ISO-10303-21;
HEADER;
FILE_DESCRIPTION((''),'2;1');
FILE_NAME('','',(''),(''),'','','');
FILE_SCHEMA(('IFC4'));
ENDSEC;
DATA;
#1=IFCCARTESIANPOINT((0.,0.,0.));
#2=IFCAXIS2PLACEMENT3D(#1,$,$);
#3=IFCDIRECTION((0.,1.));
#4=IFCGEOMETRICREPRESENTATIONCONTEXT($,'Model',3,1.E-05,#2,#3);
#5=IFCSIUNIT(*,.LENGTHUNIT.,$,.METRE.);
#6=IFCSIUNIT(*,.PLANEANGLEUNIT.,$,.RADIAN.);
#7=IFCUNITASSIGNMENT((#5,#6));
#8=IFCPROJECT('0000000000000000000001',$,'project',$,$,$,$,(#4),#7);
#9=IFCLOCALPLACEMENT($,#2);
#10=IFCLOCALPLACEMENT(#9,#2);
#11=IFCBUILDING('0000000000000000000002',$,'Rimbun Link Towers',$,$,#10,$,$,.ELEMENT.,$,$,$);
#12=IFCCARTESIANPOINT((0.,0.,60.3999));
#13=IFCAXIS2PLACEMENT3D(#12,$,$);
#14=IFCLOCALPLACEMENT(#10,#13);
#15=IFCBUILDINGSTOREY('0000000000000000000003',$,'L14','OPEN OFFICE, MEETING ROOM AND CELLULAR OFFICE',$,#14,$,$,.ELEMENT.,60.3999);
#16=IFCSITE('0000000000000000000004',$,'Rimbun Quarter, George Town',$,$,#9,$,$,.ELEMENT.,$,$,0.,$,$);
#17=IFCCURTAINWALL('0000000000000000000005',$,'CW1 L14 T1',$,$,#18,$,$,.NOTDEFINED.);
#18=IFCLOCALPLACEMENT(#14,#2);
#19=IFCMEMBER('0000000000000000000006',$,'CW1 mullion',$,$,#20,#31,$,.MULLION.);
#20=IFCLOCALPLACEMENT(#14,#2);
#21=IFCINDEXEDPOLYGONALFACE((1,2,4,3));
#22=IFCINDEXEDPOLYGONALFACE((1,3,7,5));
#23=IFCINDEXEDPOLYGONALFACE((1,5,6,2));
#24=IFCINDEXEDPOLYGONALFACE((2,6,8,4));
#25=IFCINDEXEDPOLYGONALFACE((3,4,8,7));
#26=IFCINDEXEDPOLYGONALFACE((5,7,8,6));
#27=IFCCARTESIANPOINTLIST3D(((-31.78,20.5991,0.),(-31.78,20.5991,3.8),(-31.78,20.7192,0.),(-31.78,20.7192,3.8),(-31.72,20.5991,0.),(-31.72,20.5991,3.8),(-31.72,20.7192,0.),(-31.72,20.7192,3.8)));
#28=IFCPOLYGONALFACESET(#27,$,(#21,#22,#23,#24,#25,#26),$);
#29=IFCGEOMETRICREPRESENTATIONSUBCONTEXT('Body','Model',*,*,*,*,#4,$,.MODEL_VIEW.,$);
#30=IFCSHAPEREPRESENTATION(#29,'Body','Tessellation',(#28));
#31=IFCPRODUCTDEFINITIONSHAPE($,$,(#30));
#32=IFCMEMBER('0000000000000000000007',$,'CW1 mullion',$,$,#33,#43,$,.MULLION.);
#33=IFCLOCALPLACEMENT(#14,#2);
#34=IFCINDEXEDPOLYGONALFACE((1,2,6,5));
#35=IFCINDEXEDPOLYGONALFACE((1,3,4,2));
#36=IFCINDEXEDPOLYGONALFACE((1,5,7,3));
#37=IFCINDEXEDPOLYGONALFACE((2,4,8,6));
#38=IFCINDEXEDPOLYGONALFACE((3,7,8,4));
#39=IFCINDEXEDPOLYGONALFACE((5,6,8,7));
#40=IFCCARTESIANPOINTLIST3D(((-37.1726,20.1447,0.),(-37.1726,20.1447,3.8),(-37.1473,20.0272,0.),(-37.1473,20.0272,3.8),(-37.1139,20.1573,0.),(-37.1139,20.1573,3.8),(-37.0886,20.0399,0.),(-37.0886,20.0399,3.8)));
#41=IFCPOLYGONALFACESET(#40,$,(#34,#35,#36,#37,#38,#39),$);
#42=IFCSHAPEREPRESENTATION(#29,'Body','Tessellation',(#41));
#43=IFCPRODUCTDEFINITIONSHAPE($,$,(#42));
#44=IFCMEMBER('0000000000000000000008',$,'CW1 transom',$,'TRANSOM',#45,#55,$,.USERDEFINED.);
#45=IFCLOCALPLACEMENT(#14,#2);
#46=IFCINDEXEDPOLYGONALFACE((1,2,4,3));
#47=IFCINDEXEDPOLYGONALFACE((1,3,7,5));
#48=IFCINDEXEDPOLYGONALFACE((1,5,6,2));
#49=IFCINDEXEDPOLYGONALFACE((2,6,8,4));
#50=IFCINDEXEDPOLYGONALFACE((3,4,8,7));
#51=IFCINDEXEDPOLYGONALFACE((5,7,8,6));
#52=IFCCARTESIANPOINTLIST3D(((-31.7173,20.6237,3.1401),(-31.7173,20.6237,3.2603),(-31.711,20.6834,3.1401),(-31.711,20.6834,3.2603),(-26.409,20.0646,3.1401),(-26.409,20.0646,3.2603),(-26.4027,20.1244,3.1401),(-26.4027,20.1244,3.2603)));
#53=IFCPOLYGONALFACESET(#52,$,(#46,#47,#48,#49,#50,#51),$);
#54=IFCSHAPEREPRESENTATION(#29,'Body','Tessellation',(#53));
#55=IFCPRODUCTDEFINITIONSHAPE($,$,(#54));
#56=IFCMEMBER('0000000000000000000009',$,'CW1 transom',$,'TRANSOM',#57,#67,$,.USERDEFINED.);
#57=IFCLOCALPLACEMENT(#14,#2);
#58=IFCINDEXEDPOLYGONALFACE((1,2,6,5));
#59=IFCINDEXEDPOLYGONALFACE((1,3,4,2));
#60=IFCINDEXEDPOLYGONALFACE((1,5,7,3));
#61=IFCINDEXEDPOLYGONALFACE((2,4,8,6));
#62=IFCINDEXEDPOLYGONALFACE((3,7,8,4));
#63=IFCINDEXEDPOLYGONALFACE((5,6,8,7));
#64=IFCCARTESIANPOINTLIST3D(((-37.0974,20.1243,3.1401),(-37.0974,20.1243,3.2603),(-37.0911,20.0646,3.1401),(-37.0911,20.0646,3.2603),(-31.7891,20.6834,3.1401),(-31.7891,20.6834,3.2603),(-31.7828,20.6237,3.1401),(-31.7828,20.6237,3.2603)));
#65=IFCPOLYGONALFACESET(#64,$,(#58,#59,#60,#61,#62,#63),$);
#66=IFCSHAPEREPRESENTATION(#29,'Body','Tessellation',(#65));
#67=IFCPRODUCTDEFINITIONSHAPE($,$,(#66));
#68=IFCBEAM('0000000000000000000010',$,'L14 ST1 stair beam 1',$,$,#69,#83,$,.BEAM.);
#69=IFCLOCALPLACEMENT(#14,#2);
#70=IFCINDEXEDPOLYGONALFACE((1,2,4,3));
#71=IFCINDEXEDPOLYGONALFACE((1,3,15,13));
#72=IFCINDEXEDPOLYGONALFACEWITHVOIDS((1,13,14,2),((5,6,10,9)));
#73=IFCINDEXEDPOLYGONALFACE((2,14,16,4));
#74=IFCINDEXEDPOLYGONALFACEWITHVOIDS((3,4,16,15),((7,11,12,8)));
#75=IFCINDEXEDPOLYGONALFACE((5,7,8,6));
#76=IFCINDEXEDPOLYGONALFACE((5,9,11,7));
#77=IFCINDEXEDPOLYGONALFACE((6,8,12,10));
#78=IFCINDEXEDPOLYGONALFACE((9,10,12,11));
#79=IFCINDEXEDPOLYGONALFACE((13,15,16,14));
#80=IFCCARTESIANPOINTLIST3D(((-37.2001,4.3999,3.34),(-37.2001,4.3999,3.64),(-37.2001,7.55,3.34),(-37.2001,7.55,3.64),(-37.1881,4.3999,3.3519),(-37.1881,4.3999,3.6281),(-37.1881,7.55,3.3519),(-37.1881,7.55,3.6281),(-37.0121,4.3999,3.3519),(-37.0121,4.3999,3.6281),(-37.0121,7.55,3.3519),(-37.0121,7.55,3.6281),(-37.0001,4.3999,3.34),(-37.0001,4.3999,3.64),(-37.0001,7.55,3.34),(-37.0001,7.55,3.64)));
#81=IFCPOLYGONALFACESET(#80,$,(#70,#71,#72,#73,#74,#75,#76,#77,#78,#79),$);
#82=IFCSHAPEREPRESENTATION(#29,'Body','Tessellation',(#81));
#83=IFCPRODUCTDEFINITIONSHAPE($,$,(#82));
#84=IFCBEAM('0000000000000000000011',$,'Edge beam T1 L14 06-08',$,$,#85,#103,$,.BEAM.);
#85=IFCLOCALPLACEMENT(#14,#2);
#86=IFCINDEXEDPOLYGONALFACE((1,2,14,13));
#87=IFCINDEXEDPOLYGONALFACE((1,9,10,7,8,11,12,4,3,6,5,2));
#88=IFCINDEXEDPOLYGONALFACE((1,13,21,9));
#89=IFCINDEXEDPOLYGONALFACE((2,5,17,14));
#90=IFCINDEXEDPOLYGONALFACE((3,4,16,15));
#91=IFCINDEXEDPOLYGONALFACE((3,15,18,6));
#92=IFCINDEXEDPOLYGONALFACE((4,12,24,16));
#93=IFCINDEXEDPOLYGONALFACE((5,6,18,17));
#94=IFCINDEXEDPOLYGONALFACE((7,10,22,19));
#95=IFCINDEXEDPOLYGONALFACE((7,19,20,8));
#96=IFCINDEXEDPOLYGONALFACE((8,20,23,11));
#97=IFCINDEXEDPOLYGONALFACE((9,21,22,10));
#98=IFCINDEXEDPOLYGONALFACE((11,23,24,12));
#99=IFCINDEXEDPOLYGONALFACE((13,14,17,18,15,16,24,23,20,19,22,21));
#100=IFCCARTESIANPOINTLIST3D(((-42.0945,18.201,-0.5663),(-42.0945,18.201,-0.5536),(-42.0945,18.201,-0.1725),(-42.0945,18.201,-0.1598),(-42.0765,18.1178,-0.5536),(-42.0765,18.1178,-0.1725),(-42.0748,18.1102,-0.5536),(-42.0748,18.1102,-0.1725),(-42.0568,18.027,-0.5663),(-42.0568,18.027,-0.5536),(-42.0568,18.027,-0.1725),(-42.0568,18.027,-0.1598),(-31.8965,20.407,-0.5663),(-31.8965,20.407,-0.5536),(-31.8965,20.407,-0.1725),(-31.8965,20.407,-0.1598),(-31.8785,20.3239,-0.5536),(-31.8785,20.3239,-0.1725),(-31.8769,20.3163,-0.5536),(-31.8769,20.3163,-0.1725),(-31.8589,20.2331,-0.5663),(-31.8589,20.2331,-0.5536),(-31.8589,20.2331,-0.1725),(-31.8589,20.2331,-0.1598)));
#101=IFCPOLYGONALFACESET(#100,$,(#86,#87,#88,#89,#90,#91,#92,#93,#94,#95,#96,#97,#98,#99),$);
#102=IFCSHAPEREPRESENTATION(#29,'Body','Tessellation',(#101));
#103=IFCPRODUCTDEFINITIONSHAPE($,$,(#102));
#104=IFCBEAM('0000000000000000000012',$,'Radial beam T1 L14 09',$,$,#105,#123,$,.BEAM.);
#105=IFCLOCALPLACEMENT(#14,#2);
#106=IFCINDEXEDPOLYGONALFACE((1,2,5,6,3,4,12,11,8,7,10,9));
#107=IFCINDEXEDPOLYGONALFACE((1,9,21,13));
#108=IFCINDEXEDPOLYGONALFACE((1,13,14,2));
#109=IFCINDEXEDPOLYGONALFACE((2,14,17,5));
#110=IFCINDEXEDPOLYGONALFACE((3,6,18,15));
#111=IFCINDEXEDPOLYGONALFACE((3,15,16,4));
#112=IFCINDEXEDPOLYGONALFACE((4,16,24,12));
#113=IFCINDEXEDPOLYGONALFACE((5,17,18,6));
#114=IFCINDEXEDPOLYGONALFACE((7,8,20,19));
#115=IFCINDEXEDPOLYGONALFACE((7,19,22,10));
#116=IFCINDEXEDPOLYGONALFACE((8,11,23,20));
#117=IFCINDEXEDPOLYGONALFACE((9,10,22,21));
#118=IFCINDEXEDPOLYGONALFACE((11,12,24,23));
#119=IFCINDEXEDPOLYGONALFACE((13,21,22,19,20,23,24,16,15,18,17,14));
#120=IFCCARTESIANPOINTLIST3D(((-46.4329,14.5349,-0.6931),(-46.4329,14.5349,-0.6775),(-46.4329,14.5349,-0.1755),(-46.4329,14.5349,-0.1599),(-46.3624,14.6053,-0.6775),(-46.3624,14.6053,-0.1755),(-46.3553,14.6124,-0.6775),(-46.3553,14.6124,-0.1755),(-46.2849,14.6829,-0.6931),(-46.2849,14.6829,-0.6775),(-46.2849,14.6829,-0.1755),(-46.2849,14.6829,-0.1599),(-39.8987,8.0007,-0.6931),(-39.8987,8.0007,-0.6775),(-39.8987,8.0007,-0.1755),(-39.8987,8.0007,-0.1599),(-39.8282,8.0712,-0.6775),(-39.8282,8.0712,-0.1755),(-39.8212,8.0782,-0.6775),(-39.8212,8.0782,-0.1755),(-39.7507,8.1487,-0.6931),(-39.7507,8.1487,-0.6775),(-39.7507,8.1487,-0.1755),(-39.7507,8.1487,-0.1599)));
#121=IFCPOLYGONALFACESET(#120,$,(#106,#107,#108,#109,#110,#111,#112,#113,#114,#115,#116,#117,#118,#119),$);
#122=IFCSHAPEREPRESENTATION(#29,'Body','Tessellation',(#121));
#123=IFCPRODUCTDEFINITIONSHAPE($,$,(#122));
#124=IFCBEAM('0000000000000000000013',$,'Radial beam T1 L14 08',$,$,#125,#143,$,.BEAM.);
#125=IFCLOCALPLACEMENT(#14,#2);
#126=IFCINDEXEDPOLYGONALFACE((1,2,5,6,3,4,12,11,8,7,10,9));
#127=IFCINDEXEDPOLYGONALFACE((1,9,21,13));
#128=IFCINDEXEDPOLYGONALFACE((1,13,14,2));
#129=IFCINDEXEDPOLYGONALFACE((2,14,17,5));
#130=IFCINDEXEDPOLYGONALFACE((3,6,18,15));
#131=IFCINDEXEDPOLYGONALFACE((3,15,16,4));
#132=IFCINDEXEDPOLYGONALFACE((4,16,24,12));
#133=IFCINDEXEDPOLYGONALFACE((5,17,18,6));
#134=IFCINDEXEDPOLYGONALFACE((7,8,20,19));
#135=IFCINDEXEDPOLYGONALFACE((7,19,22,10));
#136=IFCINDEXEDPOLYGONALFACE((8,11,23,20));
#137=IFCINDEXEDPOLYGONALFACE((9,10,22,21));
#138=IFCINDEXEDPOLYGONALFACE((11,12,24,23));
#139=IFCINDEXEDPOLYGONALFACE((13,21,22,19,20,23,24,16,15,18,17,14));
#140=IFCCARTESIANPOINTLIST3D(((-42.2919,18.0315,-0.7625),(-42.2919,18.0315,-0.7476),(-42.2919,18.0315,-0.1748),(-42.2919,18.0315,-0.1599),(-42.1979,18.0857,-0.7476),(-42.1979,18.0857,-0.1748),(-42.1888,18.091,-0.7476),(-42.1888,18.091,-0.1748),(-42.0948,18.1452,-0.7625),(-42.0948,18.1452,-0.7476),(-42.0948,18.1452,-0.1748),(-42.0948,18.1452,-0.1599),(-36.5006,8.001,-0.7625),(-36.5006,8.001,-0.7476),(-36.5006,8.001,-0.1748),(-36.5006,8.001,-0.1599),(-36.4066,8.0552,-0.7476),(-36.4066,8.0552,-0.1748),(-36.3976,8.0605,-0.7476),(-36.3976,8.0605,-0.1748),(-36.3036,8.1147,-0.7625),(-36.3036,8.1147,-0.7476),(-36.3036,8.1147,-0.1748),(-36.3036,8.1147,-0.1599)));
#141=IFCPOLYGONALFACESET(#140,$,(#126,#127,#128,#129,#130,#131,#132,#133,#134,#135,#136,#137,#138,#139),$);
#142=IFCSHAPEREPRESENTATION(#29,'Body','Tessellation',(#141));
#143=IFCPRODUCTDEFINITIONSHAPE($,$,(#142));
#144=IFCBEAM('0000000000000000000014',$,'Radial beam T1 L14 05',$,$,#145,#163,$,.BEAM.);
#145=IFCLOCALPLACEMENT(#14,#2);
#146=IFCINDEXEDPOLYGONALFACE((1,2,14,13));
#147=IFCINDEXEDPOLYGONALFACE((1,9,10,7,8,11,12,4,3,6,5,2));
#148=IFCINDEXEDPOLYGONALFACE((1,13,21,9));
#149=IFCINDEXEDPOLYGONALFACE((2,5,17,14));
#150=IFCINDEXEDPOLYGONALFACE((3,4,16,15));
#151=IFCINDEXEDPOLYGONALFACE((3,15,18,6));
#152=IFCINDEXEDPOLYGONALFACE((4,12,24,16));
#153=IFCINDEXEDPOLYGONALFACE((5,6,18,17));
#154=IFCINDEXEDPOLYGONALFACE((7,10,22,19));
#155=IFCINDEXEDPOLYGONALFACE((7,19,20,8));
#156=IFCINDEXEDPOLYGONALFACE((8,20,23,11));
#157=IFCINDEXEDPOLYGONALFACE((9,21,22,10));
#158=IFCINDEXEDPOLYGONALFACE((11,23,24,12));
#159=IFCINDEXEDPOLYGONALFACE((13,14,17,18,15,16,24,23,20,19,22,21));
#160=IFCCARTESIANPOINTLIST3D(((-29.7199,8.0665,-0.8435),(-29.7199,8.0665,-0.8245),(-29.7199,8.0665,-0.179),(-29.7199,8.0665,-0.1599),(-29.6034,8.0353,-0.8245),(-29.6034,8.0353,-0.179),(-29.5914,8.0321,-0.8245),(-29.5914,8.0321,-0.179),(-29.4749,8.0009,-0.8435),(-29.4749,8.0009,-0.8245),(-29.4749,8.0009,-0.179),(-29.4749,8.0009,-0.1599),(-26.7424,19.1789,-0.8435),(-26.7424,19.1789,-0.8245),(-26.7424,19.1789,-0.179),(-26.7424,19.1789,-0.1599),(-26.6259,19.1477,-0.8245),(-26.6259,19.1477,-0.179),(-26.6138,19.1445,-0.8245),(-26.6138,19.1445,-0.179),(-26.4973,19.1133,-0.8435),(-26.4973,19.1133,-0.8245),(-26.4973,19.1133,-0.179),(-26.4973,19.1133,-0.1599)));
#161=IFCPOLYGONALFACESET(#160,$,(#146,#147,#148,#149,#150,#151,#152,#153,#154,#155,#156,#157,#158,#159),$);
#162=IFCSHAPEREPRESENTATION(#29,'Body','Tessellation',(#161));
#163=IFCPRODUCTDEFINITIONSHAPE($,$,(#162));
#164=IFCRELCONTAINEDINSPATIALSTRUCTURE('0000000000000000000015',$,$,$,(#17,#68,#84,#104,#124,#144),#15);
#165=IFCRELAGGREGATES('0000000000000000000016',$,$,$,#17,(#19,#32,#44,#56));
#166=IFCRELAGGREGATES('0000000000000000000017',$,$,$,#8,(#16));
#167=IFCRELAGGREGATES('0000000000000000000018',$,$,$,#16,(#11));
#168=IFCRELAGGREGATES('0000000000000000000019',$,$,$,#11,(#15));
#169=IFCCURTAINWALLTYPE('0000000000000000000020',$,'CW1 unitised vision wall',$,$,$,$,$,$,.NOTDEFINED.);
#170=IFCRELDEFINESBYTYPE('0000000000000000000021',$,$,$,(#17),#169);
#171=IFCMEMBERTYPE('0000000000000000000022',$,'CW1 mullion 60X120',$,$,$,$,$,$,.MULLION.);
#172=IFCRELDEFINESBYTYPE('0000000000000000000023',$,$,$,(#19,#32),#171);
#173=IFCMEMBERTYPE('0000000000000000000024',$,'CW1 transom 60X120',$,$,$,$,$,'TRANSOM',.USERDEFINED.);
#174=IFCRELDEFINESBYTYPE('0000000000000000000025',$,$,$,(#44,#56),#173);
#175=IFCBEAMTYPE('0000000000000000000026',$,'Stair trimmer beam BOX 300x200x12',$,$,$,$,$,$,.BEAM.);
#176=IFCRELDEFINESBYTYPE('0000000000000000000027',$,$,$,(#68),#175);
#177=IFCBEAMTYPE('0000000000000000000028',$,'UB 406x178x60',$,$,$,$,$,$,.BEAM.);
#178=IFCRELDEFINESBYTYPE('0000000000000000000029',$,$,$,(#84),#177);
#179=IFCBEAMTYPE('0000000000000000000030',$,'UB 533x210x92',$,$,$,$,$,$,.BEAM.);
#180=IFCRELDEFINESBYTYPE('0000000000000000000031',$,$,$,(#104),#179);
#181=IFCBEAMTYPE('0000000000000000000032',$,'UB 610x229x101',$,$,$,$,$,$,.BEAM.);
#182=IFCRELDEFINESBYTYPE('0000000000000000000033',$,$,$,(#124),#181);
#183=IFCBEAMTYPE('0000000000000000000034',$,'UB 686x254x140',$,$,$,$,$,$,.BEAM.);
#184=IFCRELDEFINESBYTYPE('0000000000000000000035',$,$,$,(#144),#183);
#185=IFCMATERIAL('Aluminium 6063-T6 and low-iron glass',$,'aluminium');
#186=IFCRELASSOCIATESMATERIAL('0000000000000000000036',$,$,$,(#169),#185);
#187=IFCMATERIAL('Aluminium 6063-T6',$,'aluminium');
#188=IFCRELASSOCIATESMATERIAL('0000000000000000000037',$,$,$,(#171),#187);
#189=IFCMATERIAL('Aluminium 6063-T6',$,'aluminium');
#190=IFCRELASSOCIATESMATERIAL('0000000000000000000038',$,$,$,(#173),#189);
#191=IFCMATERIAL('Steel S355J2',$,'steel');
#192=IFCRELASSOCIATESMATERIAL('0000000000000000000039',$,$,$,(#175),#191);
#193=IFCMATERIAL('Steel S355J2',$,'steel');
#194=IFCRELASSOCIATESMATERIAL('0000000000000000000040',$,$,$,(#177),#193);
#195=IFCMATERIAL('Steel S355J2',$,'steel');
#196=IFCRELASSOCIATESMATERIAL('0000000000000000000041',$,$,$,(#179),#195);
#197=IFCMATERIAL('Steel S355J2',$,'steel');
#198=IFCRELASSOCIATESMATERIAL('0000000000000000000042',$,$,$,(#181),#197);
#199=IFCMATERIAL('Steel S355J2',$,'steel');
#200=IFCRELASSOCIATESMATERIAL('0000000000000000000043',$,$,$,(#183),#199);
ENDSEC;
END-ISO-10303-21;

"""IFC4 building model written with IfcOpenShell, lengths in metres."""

from ifc_helpers import new_model, si_unit, direction, frame, origin, origin_2d, place, context, subcontext, project, spatial, rectangle, hollow_rectangle, i_section, extrude, material, material_profile, profile_set, type_object, element, aggregate, save


model = new_model("IFC4")

# Units and contexts
model_context = context("Model", 3, precision=1e-05, world=origin(), true_north=direction((0.0, 1.0)))
body_context = subcontext(model_context, "Body", "Model", "MODEL_VIEW")
ifc_project = project(units=[si_unit("LENGTHUNIT", "METRE"), si_unit("PLANEANGLEUNIT", "RADIAN")], contexts=[model_context])

# Site, building, storey
site_placement = place(None, origin())
site = spatial("IfcSite", under=ifc_project, at=site_placement, Name="Rimbun Quarter, George Town", CompositionType="ELEMENT", RefElevation=0.0)
building_placement = place(site_placement, origin())
building = spatial("IfcBuilding", under=site, at=building_placement, Name="Rimbun Link Towers", CompositionType="ELEMENT")
storey_placement = place(building_placement, frame((0.0, 0.0, 60.3999)))
storey = spatial("IfcBuildingStorey", under=building, at=storey_placement, Name="L14", Description="OPEN OFFICE, MEETING ROOM AND CELLULAR OFFICE", CompositionType="ELEMENT", Elevation=60.3999)

# Curtain wall, members
ifc_material_1 = material(Name="Aluminium 6063-T6 and low-iron glass", Category="aluminium")
curtain_wall_type = type_object("IfcCurtainWallType", Name="CW1 unitised vision wall", PredefinedType="NOTDEFINED", material=ifc_material_1)
curtain_wall_placement = place(storey_placement, origin())
curtain_wall = element("IfcCurtainWall", 1, at=curtain_wall_placement, inside=storey, type_object=curtain_wall_type, Name="CW1 L14 T1", PredefinedType="NOTDEFINED")
ifc_material_2 = material(Name="Aluminium 6063-T6", Category="aluminium")
ifc_material_profile_1 = material_profile(ifc_material_2, rectangle(XDim=0.1201, YDim=0.0601, at=origin_2d()), Name="MULLION 60X120")
ifc_profile_set_1 = profile_set([ifc_material_profile_1], Name="Aluminium 6063-T6")
member_type_1 = type_object("IfcMemberType", Name="CW1 mullion 60X120", PredefinedType="MULLION", material=ifc_profile_set_1)
member_1_placement = place(storey_placement, frame((-31.75, 20.6592, 0.0), z_axis=(0.0, 0.0, 1.0), x_axis=(0.0, 1.0, 0.0)))
member_1 = element("IfcMember", 2, at=member_1_placement, type_object=member_type_1, Name="CW1 mullion", PredefinedType="MULLION", context=body_context, shape_type="SweptSolid", body=[
    extrude(rectangle(XDim=0.1201, YDim=0.0601, at=origin_2d()), origin(), (0.0, 0.0, 1.0), 3.8),
])
member_2_placement = place(storey_placement, frame((-37.1306, 20.0923, 0.0), z_axis=(0.0, 0.0, 1.0), x_axis=(-0.210874, 0.977513, 0.0)))
member_2 = element("IfcMember", 3, at=member_2_placement, type_object=member_type_1, Name="CW1 mullion", PredefinedType="MULLION", context=body_context, shape_type="SweptSolid", body=[
    extrude(rectangle(XDim=0.1201, YDim=0.0601, at=origin_2d()), origin(), (0.0, 0.0, 1.0), 3.8),
])
ifc_material_3 = material(Name="Aluminium 6063-T6", Category="aluminium")
ifc_material_profile_2 = material_profile(ifc_material_3, rectangle(XDim=0.0601, YDim=0.1201, at=origin_2d()), Name="TRANSOM 60X120")
ifc_profile_set_2 = profile_set([ifc_material_profile_2], Name="Aluminium 6063-T6")
member_type_2 = type_object("IfcMemberType", Name="CW1 transom 60X120", ElementType="TRANSOM", PredefinedType="USERDEFINED", material=ifc_profile_set_2)
member_3_placement = place(storey_placement, frame((-31.7141, 20.6536, 3.2002), z_axis=(0.994499, -0.104742, 0.0), x_axis=(0.104742, 0.994499, 0.0)))
member_3 = element("IfcMember", 4, at=member_3_placement, type_object=member_type_2, Name="CW1 transom", ObjectType="TRANSOM", PredefinedType="USERDEFINED", context=body_context, shape_type="SweptSolid", body=[
    extrude(rectangle(XDim=0.0601, YDim=0.1201, at=origin_2d()), origin(), (0.0, 0.0, 1.0), 5.3376),
])
member_4_placement = place(storey_placement, frame((-37.0942, 20.0945, 3.2002), z_axis=(0.994499, 0.104742, 0.0), x_axis=(-0.104742, 0.994499, 0.0)))
member_4 = element("IfcMember", 5, at=member_4_placement, type_object=member_type_2, Name="CW1 transom", ObjectType="TRANSOM", PredefinedType="USERDEFINED", context=body_context, shape_type="SweptSolid", body=[
    extrude(rectangle(XDim=0.0601, YDim=0.1201, at=origin_2d()), origin(), (0.0, 0.0, 1.0), 5.3376),
])

# Beams
ifc_material_4 = material(Name="Steel S355J2", Category="steel")
ifc_material_profile_3 = material_profile(ifc_material_4, hollow_rectangle(XDim=0.2, YDim=0.3, WallThickness=0.012, at=origin_2d()), Name="BOX 300x200x12")
ifc_profile_set_3 = profile_set([ifc_material_profile_3], Name="Steel S355J2")
beam_type_1 = type_object("IfcBeamType", Name="Stair trimmer beam BOX 300x200x12", PredefinedType="BEAM", material=ifc_profile_set_3)
beam_1_placement = place(storey_placement, frame((-37.1001, 7.55, 3.49), z_axis=(0.0, -1.0, 0.0), x_axis=(1.0, 0.0, 0.0)))
element("IfcBeam", 6, at=beam_1_placement, inside=storey, type_object=beam_type_1, Name="L14 ST1 stair beam 1", PredefinedType="BEAM", context=body_context, shape_type="SweptSolid", body=[
    extrude(hollow_rectangle(XDim=0.2, YDim=0.3, WallThickness=0.012, at=origin_2d()), origin(), (0.0, 0.0, 1.0), 3.1501),
])
ifc_material_5 = material(Name="Steel S355J2", Category="steel")
ifc_material_profile_4 = material_profile(ifc_material_5, i_section(OverallWidth=0.178, OverallDepth=0.4065, WebThickness=0.0078, FlangeThickness=0.0127, at=origin_2d()), Name="UB 406x178x60")
ifc_profile_set_4 = profile_set([ifc_material_profile_4], Name="Steel S355J2")
beam_type_2 = type_object("IfcBeamType", Name="UB 406x178x60", PredefinedType="BEAM", material=ifc_profile_set_4)
beam_2_placement = place(storey_placement, frame((-31.8777, 20.3201, -0.363), z_axis=(-0.977393, -0.211432, 0.0), x_axis=(0.211432, -0.977393, 0.0)))
element("IfcBeam", 7, at=beam_2_placement, inside=storey, type_object=beam_type_2, Name="Edge beam T1 L14 06-08", PredefinedType="BEAM", context=body_context, shape_type="SweptSolid", body=[
    extrude(i_section(OverallWidth=0.178, OverallDepth=0.4065, WebThickness=0.0078, FlangeThickness=0.0127, at=origin_2d()), origin(), (0.0, 0.0, 1.0), 10.4338),
])
ifc_material_6 = material(Name="Steel S355J2", Category="steel")
ifc_material_profile_5 = material_profile(ifc_material_6, i_section(OverallWidth=0.2092, OverallDepth=0.5332, WebThickness=0.01, FlangeThickness=0.0156, at=origin_2d()), Name="UB 533x210x92")
ifc_profile_set_5 = profile_set([ifc_material_profile_5], Name="Steel S355J2")
beam_type_3 = type_object("IfcBeamType", Name="UB 533x210x92", PredefinedType="BEAM", material=ifc_profile_set_5)
beam_3_placement = place(storey_placement, frame((-39.8247, 8.0747, -0.4265), z_axis=(-0.707107, 0.707107, 0.0), x_axis=(-0.707107, -0.707107, 0.0)))
element("IfcBeam", 8, at=beam_3_placement, inside=storey, type_object=beam_type_3, Name="Radial beam T1 L14 09", PredefinedType="BEAM", context=body_context, shape_type="SweptSolid", body=[
    extrude(i_section(OverallWidth=0.2092, OverallDepth=0.5332, WebThickness=0.01, FlangeThickness=0.0156, at=origin_2d()), origin(), (0.0, 0.0, 1.0), 9.2407),
])
ifc_material_7 = material(Name="Steel S355J2", Category="steel")
ifc_material_profile_6 = material_profile(ifc_material_7, i_section(OverallWidth=0.2275, OverallDepth=0.6025, WebThickness=0.0105, FlangeThickness=0.0149, at=origin_2d()), Name="UB 610x229x101")
ifc_profile_set_6 = profile_set([ifc_material_profile_6], Name="Steel S355J2")
beam_type_4 = type_object("IfcBeamType", Name="UB 610x229x101", PredefinedType="BEAM", material=ifc_profile_set_6)
beam_4_placement = place(storey_placement, frame((-36.4021, 8.0579, -0.4612), z_axis=(-0.500009, 0.86602, 0.0), x_axis=(-0.86602, -0.500009, 0.0)))
element("IfcBeam", 9, at=beam_4_placement, inside=storey, type_object=beam_type_4, Name="Radial beam T1 L14 08", PredefinedType="BEAM", context=body_context, shape_type="SweptSolid", body=[
    extrude(i_section(OverallWidth=0.2275, OverallDepth=0.6025, WebThickness=0.0105, FlangeThickness=0.0149, at=origin_2d()), origin(), (0.0, 0.0, 1.0), 11.5823),
])
ifc_material_8 = material(Name="Steel S355J2", Category="steel")
ifc_material_profile_7 = material_profile(ifc_material_8, i_section(OverallWidth=0.2537, OverallDepth=0.6836, WebThickness=0.0125, FlangeThickness=0.019, at=origin_2d()), Name="UB 686x254x140")
ifc_profile_set_7 = profile_set([ifc_material_profile_7], Name="Steel S355J2")
beam_type_5 = type_object("IfcBeamType", Name="UB 686x254x140", PredefinedType="BEAM", material=ifc_profile_set_7)
beam_5_placement = place(storey_placement, frame((-29.5974, 8.0337, -0.5017), z_axis=(0.25882, 0.965926, 0.0), x_axis=(-0.965926, 0.25882, 0.0)))
element("IfcBeam", 10, at=beam_5_placement, inside=storey, type_object=beam_type_5, Name="Radial beam T1 L14 05", PredefinedType="BEAM", context=body_context, shape_type="SweptSolid", body=[
    extrude(i_section(OverallWidth=0.2537, OverallDepth=0.6836, WebThickness=0.0125, FlangeThickness=0.019, at=origin_2d()), origin(), (0.0, 0.0, 1.0), 11.5044),
])

aggregate(curtain_wall, [member_1, member_2, member_3, member_4])

save(model, "model.ifc")
